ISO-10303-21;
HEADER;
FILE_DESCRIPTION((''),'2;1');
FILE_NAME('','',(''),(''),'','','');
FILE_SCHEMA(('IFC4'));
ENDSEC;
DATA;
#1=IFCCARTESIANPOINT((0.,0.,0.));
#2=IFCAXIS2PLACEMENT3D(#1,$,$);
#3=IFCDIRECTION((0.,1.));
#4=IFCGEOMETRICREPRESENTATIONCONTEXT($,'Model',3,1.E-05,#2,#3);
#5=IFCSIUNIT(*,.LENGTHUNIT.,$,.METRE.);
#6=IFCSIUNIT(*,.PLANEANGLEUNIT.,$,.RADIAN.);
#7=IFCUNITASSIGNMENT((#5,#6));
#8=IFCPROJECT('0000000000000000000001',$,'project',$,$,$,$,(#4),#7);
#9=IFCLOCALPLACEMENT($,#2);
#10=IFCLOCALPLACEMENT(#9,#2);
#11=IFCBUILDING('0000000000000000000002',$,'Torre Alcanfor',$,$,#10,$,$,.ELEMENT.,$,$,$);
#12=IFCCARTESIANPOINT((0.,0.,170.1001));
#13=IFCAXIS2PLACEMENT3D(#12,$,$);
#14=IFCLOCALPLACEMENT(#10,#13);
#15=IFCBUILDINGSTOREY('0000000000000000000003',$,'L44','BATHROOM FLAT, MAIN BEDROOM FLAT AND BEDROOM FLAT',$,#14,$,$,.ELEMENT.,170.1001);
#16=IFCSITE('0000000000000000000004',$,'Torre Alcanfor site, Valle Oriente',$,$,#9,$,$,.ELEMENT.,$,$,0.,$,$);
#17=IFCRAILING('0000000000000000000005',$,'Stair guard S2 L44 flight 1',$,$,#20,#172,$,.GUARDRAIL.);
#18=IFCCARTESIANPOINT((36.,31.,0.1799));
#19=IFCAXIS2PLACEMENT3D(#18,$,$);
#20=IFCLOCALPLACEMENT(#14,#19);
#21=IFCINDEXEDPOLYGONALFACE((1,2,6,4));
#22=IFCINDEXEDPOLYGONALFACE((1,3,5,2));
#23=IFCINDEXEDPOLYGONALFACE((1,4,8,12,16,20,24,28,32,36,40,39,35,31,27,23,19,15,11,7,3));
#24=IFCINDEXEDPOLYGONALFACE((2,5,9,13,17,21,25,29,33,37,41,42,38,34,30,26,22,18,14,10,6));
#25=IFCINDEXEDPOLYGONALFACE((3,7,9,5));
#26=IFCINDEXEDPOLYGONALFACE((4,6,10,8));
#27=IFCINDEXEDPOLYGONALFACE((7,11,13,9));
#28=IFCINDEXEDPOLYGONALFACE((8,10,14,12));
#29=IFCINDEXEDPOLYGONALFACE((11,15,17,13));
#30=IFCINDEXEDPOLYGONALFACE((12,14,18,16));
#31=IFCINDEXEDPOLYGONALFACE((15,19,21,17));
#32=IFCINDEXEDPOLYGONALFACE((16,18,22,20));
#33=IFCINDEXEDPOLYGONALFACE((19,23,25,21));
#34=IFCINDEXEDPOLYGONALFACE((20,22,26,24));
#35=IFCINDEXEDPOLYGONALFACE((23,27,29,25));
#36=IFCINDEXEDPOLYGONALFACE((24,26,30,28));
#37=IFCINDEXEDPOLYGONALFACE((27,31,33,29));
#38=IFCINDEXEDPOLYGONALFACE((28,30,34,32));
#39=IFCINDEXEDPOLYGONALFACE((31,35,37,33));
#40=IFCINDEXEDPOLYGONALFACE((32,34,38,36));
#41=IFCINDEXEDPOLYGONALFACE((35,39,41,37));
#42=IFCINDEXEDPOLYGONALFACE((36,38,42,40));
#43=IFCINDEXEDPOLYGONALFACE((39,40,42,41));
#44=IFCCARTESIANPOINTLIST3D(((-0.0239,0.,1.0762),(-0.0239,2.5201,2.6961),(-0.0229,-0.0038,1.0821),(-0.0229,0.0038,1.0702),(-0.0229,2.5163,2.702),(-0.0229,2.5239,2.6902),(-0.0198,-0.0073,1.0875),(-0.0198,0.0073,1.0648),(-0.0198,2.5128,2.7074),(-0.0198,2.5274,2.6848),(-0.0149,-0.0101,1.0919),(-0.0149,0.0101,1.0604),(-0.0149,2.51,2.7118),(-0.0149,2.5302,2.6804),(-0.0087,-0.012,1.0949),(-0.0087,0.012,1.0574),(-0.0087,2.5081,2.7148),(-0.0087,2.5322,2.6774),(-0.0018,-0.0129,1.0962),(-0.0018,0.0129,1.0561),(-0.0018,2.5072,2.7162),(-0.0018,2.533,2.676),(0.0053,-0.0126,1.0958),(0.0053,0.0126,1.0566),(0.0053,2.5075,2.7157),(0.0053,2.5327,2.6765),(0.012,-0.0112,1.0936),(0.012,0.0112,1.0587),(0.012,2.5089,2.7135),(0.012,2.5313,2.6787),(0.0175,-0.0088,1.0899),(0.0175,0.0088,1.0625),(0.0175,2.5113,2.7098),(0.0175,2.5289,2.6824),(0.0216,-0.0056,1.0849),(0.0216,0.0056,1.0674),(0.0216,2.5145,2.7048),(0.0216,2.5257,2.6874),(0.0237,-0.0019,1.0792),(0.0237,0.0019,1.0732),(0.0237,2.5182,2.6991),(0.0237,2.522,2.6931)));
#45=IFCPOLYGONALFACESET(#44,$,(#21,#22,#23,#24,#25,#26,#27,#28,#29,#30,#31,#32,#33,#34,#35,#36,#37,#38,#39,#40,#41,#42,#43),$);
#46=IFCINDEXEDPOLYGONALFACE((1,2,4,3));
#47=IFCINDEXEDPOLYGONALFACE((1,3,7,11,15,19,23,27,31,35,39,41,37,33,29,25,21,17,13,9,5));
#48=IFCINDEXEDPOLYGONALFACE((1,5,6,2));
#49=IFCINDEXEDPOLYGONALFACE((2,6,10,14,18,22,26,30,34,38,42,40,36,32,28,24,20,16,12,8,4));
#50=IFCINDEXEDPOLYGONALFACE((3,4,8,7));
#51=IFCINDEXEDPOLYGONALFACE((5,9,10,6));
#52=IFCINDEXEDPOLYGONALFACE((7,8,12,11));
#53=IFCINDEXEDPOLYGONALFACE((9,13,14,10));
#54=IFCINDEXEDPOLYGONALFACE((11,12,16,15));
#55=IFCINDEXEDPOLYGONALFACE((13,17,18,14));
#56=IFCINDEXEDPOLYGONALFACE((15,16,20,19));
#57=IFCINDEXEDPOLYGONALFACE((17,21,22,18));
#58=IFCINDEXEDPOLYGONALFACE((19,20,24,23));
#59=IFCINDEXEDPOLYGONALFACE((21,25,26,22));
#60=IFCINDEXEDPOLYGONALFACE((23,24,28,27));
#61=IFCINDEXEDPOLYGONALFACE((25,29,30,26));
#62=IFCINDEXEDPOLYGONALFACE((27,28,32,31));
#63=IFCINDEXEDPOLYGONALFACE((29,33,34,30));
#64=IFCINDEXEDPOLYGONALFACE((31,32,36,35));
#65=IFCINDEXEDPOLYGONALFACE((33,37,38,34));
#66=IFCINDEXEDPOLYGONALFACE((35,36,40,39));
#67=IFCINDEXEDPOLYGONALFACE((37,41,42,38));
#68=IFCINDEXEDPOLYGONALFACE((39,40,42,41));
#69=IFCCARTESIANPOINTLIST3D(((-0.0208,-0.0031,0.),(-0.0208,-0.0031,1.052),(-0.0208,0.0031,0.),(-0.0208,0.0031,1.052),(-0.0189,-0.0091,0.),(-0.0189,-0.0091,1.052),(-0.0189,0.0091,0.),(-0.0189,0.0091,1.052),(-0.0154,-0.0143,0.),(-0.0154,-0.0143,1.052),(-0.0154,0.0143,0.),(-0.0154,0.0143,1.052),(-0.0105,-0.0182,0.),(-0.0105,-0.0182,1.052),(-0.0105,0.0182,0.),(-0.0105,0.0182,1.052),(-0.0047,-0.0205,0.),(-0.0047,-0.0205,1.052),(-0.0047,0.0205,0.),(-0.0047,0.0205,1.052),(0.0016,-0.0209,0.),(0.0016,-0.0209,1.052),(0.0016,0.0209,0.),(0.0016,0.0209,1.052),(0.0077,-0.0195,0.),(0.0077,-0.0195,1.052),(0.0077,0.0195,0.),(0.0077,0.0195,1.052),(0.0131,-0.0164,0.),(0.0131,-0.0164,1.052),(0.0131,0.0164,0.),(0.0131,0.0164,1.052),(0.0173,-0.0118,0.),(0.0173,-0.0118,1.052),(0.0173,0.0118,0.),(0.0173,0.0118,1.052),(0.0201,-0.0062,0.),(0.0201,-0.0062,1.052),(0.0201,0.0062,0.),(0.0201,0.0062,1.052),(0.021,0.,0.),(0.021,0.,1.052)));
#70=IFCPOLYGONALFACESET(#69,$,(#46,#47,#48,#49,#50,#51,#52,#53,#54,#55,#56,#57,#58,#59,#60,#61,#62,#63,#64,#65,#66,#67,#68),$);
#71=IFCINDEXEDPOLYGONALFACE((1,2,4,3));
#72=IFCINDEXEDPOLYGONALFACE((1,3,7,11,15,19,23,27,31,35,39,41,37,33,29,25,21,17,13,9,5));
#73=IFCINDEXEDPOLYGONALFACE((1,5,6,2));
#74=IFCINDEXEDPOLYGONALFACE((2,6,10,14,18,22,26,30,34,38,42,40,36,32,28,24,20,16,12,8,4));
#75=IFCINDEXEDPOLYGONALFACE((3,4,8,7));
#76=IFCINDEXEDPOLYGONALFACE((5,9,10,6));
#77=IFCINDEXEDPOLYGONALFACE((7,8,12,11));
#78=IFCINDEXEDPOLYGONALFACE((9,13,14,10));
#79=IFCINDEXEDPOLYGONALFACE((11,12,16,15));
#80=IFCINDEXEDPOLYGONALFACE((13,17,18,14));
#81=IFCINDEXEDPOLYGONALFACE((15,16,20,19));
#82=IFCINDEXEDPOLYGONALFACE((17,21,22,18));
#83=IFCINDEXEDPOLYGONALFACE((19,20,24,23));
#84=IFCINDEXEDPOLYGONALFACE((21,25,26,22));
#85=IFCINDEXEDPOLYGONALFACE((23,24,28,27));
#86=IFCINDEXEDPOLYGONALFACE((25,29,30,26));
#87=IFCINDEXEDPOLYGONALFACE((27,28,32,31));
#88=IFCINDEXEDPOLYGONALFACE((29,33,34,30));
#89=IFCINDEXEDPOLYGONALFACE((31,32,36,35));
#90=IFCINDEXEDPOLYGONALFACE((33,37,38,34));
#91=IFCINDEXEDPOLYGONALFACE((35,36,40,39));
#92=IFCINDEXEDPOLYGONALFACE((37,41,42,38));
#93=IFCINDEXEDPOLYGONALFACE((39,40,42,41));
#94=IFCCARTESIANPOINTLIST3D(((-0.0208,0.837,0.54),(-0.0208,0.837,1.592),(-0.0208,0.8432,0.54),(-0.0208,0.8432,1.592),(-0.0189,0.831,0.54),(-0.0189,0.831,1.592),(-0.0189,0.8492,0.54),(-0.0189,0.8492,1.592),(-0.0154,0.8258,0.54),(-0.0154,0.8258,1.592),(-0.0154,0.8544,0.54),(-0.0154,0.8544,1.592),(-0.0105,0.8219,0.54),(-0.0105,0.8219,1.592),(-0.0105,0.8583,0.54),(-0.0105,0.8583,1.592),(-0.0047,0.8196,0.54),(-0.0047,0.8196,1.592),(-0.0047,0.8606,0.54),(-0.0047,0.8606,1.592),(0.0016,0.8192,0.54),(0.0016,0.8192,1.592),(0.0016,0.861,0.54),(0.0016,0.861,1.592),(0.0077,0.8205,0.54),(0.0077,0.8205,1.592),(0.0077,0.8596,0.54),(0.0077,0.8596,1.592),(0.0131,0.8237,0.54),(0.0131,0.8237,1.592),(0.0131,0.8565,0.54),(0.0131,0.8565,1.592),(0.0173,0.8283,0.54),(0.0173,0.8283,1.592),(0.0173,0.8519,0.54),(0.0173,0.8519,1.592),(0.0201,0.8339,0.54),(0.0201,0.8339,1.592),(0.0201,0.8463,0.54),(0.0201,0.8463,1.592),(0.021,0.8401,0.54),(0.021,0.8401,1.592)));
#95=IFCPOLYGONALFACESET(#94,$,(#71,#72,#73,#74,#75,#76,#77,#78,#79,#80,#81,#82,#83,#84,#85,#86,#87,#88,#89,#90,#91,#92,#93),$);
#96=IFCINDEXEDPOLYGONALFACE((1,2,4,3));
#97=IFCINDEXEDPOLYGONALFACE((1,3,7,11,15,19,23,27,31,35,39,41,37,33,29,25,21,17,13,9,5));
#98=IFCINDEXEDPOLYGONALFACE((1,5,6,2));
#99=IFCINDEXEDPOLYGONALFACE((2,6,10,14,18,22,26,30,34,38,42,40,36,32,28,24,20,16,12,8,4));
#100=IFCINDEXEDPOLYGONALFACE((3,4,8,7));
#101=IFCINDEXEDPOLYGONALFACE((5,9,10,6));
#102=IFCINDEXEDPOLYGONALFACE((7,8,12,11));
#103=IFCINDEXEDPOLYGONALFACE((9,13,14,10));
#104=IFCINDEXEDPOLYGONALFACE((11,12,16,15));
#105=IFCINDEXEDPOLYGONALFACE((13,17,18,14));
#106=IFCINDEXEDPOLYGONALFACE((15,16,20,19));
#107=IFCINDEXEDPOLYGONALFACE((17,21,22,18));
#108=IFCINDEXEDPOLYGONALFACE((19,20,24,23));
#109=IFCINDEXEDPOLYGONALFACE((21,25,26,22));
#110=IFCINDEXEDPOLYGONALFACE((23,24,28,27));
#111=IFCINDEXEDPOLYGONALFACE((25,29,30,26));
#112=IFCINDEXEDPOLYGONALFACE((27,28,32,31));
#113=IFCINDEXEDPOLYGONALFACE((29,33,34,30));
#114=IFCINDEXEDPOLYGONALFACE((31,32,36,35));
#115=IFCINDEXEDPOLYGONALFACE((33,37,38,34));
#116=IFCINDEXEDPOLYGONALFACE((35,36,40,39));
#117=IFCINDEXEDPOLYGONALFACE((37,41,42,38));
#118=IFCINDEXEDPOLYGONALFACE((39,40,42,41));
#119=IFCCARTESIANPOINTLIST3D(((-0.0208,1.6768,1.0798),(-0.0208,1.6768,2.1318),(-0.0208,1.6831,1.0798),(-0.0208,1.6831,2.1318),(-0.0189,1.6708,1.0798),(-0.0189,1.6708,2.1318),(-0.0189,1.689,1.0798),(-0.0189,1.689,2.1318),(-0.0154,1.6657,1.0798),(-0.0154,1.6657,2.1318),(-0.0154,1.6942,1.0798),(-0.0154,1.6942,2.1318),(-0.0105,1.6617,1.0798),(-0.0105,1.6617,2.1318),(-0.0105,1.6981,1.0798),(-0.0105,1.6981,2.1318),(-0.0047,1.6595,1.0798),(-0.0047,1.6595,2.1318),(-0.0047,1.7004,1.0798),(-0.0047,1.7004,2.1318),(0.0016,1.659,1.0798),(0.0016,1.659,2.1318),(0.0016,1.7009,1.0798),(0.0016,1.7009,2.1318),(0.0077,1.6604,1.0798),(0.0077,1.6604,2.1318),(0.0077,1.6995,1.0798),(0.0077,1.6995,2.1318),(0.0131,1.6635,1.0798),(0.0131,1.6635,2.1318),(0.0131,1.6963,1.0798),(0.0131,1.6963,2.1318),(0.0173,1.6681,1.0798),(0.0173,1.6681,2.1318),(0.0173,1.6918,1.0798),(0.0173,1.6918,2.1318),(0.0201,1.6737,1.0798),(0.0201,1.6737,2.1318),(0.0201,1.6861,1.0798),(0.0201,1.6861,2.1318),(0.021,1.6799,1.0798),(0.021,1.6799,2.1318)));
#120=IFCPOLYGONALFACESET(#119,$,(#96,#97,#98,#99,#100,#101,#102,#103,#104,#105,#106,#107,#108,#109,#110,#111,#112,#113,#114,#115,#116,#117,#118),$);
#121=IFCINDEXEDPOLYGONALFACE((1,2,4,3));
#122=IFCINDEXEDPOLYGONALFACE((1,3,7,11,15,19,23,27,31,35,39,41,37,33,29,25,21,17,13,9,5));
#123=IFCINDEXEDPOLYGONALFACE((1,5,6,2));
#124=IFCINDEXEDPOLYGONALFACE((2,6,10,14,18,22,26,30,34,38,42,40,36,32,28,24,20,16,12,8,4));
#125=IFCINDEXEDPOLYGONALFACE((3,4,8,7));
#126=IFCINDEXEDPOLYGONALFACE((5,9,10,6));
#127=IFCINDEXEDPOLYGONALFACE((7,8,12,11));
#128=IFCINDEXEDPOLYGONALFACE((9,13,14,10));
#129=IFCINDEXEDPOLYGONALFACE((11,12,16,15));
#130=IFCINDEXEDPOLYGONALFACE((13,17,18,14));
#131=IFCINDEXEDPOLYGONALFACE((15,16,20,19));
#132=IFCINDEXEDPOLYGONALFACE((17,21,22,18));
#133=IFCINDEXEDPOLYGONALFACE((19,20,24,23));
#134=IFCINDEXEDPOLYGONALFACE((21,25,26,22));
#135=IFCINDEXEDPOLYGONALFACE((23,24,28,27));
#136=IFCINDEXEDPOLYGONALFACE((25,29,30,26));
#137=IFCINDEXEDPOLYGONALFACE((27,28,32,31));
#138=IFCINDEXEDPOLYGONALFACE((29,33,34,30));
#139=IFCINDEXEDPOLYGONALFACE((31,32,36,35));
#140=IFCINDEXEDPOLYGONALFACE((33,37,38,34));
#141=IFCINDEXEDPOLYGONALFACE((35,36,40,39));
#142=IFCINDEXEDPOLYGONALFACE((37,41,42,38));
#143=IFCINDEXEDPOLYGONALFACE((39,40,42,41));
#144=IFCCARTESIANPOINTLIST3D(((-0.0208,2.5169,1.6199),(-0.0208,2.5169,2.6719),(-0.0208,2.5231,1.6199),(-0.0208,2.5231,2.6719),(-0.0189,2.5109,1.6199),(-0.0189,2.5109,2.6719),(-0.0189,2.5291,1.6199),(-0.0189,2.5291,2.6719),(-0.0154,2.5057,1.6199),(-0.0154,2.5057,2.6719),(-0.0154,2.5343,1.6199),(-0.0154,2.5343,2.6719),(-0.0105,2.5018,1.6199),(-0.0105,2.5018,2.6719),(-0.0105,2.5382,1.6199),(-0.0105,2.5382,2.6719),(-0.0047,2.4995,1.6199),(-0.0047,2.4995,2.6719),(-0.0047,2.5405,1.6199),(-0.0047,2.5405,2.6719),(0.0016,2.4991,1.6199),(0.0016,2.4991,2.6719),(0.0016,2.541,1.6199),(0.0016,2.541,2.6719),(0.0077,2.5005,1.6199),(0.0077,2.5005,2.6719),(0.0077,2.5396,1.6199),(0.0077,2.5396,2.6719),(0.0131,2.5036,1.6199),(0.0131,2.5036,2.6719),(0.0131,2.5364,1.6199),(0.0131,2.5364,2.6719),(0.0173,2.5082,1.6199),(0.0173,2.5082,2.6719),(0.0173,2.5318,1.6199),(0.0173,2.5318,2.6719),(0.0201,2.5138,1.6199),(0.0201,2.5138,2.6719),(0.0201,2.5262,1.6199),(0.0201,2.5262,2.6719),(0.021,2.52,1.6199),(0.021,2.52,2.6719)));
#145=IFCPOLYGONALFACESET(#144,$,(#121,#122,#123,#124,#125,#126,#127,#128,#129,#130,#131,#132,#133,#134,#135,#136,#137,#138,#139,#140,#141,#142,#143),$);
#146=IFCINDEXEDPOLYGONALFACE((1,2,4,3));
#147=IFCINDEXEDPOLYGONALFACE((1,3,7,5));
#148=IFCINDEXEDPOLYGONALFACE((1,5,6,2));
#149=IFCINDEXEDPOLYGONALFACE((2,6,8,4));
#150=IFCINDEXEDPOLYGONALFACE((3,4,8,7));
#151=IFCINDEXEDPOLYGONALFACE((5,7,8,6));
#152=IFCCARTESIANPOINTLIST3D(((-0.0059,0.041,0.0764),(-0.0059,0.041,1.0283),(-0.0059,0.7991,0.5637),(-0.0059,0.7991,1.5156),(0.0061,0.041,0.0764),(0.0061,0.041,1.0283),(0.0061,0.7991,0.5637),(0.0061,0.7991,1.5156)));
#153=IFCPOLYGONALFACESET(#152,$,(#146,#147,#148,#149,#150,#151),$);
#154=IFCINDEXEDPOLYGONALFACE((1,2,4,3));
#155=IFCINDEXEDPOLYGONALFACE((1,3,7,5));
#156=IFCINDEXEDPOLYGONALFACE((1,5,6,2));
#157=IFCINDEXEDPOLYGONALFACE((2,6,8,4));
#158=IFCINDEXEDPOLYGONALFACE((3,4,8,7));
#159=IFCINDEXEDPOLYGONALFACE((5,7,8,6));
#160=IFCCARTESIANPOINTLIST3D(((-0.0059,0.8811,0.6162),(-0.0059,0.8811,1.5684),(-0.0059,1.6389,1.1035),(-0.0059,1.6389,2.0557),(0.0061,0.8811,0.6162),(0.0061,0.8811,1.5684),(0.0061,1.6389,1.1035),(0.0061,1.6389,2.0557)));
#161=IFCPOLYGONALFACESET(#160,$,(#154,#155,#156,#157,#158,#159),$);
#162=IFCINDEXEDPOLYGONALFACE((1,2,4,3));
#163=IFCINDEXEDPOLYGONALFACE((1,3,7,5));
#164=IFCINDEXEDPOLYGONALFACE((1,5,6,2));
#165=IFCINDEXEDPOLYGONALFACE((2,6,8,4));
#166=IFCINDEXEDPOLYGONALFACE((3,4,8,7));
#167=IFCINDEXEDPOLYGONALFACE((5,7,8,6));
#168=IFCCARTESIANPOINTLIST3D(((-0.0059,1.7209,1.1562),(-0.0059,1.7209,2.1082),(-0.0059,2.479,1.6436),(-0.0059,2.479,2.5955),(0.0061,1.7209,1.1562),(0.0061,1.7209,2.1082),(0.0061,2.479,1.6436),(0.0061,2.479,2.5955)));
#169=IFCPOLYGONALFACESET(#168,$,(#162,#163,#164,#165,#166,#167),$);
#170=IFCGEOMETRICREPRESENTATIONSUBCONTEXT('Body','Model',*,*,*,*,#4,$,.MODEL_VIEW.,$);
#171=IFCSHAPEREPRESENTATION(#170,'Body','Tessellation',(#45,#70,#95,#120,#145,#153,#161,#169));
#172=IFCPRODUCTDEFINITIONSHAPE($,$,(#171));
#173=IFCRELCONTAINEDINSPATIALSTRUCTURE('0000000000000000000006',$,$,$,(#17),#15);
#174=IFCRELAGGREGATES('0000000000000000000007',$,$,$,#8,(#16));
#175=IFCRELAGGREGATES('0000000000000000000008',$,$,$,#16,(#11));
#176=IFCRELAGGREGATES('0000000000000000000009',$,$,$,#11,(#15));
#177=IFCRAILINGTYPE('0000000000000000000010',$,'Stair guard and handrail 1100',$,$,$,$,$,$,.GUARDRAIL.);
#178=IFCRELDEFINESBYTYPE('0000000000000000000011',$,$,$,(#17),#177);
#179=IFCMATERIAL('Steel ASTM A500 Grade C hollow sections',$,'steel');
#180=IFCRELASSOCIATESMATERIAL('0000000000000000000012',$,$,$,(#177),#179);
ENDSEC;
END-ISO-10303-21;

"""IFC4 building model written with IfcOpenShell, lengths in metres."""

from ifc_helpers import new_model, si_unit, direction, frame, origin, origin_2d, place, context, subcontext, project, spatial, polyline, circle, outline, extrude, material, type_object, element, save


model = new_model("IFC4")

# Units and contexts
model_context = context("Model", 3, precision=1e-05, world=origin(), true_north=direction((0.0, 1.0)))
body_context = subcontext(model_context, "Body", "Model", "MODEL_VIEW")
ifc_project = project(units=[si_unit("LENGTHUNIT", "METRE"), si_unit("PLANEANGLEUNIT", "RADIAN")], contexts=[model_context])

# Site, building, storey
site_placement = place(None, origin())
site = spatial("IfcSite", under=ifc_project, at=site_placement, Name="Torre Alcanfor site, Valle Oriente", CompositionType="ELEMENT", RefElevation=0.0)
building_placement = place(site_placement, origin())
building = spatial("IfcBuilding", under=site, at=building_placement, Name="Torre Alcanfor", CompositionType="ELEMENT")
storey_placement = place(building_placement, frame((0.0, 0.0, 170.1001)))
storey = spatial("IfcBuildingStorey", under=building, at=storey_placement, Name="L44", Description="BATHROOM FLAT, MAIN BEDROOM FLAT AND BEDROOM FLAT", CompositionType="ELEMENT", Elevation=170.1001)

# Railing
ifc_material_1 = material(Name="Steel ASTM A500 Grade C hollow sections", Category="steel")
railing_type_1 = type_object("IfcRailingType", Name="Stair guard and handrail 1100", PredefinedType="GUARDRAIL", material=ifc_material_1)
railing_1_placement = place(storey_placement, frame((36.0, 31.0, 0.1799)))
element("IfcRailing", 1, at=railing_1_placement, inside=storey, type_object=railing_type_1, Name="Stair guard S2 L44 flight 1", PredefinedType="GUARDRAIL", context=body_context, shape_type="SweptSolid", body=[
    extrude(circle(Radius=0.0239, at=origin_2d()), frame((0.0, 0.0, 1.0762), z_axis=(0.0, 0.8412, 0.540725), x_axis=(-1.0, 0.0, 0.0)), (0.0, 0.0, 1.0), 2.9958),
    extrude(circle(Radius=0.021, at=origin_2d()), origin(), (0.0, 0.0, 1.0), 1.052),
    extrude(circle(Radius=0.021, at=origin_2d()), frame((0.0, 0.8401, 0.54)), (0.0, 0.0, 1.0), 1.052),
    extrude(circle(Radius=0.021, at=origin_2d()), frame((0.0, 1.6799, 1.0798)), (0.0, 0.0, 1.0), 1.052),
    extrude(circle(Radius=0.021, at=origin_2d()), frame((0.0, 2.52, 1.6199)), (0.0, 0.0, 1.0), 1.052),
    extrude(outline(polyline([(0.041, 0.0764), (0.7991, 0.5637), (0.7991, 1.5156), (0.041, 1.0283), (0.041, 0.0764)])), frame((-0.0059, 0.0, 0.0), z_axis=(1.0, 0.0, 0.0), x_axis=(0.0, 1.0, 0.0)), (0.0, 0.0, 1.0), 0.012),
    extrude(outline(polyline([(0.8811, 0.6162), (1.6389, 1.1035), (1.6389, 2.0557), (0.8811, 1.5684), (0.8811, 0.6162)])), frame((-0.0059, 0.0, 0.0), z_axis=(1.0, 0.0, 0.0), x_axis=(0.0, 1.0, 0.0)), (0.0, 0.0, 1.0), 0.012),
    extrude(outline(polyline([(1.7209, 1.1562), (2.479, 1.6436), (2.479, 2.5955), (1.7209, 2.1082), (1.7209, 1.1562)])), frame((-0.0059, 0.0, 0.0), z_axis=(1.0, 0.0, 0.0), x_axis=(0.0, 1.0, 0.0)), (0.0, 0.0, 1.0), 0.012),
])

save(model, "model.ifc")
